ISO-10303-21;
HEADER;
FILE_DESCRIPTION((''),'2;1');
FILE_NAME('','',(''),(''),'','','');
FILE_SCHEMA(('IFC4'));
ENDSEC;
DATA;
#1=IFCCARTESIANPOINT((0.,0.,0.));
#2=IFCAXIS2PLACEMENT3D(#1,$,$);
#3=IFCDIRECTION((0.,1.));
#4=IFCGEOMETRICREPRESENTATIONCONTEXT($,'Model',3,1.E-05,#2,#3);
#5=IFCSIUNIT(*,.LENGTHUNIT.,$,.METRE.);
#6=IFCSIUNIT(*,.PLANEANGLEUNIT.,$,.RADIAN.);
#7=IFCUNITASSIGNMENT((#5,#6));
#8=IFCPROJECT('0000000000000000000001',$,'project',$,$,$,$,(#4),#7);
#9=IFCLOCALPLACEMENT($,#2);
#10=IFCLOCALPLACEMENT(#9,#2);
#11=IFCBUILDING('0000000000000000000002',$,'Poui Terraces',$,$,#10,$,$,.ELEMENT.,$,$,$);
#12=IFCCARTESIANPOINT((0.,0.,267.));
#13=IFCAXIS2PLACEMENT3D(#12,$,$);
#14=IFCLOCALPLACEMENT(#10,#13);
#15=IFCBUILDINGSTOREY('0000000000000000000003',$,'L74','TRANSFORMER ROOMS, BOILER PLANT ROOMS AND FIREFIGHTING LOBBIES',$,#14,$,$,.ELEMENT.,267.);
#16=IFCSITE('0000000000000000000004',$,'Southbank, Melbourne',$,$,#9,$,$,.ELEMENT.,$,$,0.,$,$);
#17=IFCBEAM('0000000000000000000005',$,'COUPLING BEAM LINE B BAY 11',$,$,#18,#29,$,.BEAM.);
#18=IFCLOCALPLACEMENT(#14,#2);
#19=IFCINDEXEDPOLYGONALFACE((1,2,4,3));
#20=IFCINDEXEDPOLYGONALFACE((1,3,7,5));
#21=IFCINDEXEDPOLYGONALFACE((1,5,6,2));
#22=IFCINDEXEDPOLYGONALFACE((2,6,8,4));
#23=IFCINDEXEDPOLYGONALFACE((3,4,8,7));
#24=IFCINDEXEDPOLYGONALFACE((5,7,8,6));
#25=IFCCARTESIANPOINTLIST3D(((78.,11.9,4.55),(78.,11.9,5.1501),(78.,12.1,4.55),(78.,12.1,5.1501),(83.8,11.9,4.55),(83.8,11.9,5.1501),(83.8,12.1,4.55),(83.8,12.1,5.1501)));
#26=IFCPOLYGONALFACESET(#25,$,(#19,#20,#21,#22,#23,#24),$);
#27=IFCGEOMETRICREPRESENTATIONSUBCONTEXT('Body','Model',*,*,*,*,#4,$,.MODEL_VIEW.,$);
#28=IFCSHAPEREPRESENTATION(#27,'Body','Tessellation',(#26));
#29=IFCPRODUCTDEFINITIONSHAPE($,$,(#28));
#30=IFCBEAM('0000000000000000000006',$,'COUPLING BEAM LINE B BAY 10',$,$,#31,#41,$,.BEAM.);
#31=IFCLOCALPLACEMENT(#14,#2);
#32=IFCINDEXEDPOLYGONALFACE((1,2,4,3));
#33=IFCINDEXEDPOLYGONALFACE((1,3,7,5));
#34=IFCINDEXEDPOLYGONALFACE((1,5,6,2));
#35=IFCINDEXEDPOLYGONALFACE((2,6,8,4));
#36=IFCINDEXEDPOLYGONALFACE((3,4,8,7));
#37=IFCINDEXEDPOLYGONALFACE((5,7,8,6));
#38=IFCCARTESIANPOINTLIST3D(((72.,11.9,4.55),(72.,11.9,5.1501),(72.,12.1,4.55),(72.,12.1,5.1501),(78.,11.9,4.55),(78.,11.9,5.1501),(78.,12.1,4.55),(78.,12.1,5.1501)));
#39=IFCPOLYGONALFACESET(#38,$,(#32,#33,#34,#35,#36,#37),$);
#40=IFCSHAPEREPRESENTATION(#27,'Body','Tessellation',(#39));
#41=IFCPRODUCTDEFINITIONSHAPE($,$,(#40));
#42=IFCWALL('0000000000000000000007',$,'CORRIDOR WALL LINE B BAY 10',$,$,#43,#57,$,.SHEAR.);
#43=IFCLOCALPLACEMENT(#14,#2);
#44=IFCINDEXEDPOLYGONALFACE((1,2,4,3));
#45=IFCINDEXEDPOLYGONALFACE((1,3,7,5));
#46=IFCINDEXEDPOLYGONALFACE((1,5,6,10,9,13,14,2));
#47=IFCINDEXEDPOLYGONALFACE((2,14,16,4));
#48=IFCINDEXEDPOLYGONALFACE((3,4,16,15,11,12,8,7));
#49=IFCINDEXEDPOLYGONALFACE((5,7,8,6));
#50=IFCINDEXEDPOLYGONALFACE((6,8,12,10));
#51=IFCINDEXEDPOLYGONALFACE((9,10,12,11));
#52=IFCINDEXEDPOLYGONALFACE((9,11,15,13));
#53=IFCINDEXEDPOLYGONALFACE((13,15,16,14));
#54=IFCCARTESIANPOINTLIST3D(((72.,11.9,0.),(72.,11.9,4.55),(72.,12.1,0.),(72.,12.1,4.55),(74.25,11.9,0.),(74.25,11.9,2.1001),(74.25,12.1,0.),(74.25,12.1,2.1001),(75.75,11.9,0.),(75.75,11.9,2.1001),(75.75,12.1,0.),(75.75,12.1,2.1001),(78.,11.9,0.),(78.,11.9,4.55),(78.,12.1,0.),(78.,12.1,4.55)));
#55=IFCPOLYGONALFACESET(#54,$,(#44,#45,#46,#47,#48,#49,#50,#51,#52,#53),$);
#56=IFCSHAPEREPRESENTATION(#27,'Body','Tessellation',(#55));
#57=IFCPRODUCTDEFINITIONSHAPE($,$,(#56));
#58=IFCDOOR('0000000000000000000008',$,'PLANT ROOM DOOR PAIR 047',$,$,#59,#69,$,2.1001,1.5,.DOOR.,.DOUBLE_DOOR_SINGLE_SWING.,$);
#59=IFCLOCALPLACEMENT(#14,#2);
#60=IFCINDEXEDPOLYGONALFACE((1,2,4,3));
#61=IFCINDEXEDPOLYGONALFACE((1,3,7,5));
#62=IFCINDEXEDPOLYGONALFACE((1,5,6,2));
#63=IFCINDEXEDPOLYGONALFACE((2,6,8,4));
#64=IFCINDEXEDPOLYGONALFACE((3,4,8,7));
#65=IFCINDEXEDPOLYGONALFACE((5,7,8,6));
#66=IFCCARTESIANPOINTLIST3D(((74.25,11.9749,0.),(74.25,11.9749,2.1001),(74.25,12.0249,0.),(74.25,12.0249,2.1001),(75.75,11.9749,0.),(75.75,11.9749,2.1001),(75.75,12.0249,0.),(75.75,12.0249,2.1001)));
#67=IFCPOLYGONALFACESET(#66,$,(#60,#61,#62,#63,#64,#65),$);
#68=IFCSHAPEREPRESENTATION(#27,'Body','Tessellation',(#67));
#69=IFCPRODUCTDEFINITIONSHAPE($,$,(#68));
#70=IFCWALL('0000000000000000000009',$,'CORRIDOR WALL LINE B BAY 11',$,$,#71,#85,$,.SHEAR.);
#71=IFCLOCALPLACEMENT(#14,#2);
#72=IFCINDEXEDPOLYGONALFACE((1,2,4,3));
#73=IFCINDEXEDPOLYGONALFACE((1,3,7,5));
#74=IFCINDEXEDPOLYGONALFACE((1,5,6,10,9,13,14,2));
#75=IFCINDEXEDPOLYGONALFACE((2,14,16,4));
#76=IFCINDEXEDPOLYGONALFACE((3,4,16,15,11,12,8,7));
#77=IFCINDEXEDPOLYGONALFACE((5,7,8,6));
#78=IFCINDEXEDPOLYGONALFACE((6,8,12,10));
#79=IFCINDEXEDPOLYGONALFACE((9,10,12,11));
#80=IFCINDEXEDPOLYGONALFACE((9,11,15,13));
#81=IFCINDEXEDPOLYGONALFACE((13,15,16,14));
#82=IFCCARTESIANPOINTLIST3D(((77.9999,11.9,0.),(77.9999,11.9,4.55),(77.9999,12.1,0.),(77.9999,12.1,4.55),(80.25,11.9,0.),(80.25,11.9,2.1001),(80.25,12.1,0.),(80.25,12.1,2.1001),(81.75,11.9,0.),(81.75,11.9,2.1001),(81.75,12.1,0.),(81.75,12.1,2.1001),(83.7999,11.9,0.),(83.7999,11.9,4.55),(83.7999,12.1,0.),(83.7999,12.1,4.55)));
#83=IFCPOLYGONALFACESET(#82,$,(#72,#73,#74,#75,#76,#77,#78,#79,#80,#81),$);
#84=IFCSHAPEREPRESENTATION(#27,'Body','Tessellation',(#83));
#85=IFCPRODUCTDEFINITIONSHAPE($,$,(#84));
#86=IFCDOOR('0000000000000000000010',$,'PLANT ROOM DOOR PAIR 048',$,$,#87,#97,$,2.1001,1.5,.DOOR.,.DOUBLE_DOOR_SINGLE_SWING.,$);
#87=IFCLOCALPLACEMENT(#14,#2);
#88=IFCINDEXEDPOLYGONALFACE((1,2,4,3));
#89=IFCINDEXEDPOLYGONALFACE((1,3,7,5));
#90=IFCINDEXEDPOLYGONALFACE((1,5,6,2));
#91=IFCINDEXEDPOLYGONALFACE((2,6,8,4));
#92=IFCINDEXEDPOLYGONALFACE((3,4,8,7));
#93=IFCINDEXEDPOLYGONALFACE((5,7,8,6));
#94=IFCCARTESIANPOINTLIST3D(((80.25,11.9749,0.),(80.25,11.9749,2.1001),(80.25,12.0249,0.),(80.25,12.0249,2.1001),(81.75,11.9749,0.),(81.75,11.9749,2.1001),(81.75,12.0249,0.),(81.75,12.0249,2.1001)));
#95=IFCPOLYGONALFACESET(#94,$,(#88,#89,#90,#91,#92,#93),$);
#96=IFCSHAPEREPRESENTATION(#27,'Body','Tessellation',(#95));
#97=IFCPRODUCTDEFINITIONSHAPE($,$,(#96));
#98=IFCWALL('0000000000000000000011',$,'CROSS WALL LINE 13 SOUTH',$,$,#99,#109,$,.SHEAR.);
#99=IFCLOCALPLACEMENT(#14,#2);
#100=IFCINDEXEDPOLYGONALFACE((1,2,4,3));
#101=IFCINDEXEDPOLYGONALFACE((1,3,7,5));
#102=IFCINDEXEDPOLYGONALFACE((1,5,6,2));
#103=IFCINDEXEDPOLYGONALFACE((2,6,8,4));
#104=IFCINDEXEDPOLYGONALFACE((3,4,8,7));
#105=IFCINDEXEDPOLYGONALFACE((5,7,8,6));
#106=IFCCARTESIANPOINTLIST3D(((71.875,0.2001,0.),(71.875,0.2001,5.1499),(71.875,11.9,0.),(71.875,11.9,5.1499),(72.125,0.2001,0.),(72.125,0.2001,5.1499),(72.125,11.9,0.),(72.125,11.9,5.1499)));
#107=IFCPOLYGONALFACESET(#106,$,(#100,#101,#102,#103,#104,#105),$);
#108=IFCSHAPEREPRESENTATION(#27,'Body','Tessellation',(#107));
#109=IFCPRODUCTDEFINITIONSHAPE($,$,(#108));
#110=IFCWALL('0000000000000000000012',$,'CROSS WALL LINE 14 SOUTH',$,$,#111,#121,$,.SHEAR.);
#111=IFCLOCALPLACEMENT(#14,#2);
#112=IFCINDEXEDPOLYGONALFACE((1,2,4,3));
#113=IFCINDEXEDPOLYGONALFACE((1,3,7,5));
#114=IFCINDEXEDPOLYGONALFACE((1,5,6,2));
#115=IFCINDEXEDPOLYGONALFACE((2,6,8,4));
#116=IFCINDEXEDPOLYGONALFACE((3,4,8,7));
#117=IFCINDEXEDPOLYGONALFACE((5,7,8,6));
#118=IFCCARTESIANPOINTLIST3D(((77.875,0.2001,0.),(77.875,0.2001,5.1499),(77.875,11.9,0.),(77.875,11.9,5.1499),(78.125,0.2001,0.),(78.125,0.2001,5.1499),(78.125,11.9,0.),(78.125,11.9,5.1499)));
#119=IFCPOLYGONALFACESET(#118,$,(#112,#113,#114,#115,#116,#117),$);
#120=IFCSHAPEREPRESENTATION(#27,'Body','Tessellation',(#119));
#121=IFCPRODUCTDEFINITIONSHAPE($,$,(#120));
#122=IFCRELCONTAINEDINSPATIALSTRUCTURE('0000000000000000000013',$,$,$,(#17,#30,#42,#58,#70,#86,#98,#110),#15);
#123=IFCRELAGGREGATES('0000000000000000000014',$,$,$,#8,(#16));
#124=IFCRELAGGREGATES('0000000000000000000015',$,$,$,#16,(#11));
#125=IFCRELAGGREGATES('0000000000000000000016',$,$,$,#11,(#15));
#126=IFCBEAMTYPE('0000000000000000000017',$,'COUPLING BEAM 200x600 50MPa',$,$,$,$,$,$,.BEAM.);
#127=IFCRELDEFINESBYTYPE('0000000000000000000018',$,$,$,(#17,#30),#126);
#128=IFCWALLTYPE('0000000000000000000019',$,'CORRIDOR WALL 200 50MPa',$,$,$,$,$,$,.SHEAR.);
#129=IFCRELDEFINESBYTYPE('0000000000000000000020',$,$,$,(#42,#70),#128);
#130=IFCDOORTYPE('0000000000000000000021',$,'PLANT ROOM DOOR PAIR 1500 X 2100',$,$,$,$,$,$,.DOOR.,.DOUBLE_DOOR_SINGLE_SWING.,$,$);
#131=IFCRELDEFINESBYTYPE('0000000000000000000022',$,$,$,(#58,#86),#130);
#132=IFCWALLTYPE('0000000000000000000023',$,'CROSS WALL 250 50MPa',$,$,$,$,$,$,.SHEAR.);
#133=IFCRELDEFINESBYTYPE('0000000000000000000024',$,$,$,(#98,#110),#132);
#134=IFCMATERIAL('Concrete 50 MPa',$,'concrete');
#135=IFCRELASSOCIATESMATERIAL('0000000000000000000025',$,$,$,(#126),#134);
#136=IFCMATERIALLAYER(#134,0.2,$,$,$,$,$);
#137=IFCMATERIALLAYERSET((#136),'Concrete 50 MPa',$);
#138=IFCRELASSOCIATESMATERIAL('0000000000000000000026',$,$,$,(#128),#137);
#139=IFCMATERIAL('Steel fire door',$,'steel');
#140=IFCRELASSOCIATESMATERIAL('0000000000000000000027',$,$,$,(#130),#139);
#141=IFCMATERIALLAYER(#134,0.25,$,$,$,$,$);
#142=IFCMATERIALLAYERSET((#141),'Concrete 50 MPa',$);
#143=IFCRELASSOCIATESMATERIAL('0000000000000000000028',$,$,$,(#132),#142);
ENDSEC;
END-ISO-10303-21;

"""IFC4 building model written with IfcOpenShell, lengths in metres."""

from ifc_helpers import new_model, si_unit, direction, frame, frame_2d, origin, origin_2d, place, context, subcontext, project, spatial, rectangle, extrude, source, transform, mapped, material, layer, layer_set, material_profile, profile_set, type_object, element, fill, save


model = new_model("IFC4")

# Units and contexts
model_context = context("Model", 3, precision=1e-05, world=origin(), true_north=direction((0.0, 1.0)))
body_context = subcontext(model_context, "Body", "Model", "MODEL_VIEW")
ifc_project = project(units=[si_unit("LENGTHUNIT", "METRE"), si_unit("PLANEANGLEUNIT", "RADIAN")], contexts=[model_context])

# Site, building, storey
site_placement = place(None, origin())
site = spatial("IfcSite", under=ifc_project, at=site_placement, Name="Southbank, Melbourne", CompositionType="ELEMENT", RefElevation=0.0)
building_placement = place(site_placement, origin())
building = spatial("IfcBuilding", under=site, at=building_placement, Name="Poui Terraces", CompositionType="ELEMENT")
storey_placement = place(building_placement, frame((0.0, 0.0, 267.0)))
storey = spatial("IfcBuildingStorey", under=building, at=storey_placement, Name="L74", Description="TRANSFORMER ROOMS, BOILER PLANT ROOMS AND FIREFIGHTING LOBBIES", CompositionType="ELEMENT", Elevation=267.0)

# Beams
ifc_material_1 = material(Name="Concrete 50 MPa", Category="concrete")
ifc_material_profile_1 = material_profile(ifc_material_1, rectangle(XDim=0.2, YDim=0.6001, at=origin_2d()), Name="RC 200x600")
ifc_profile_set_1 = profile_set([ifc_material_profile_1], Name="Concrete 50 MPa")
beam_type = type_object("IfcBeamType", Name="COUPLING BEAM 200x600 50MPa", PredefinedType="BEAM", material=ifc_profile_set_1)
shared_shape_1 = source(origin(), body_context, "Body", "SweptSolid", [
    extrude(rectangle(XDim=0.2, YDim=0.6001, at=origin_2d()), origin(), (0.0, 0.0, 1.0), 5.8),
])
beam_1_placement = place(storey_placement, frame((78.0, 12.0, 4.8501), z_axis=(1.0, 0.0, 0.0), x_axis=(0.0, 1.0, 0.0)))
element("IfcBeam", 1, at=beam_1_placement, inside=storey, type_object=beam_type, Name="COUPLING BEAM LINE B BAY 11", PredefinedType="BEAM", context=body_context, shape_type="MappedRepresentation", body=[
    mapped(shared_shape_1, transform((0.0, 0.0, 0.0))),
])
shared_shape_2 = source(origin(), body_context, "Body", "SweptSolid", [
    extrude(rectangle(XDim=0.2, YDim=0.6001, at=origin_2d()), origin(), (0.0, 0.0, 1.0), 6.0),
])
beam_2_placement = place(storey_placement, frame((72.0, 12.0, 4.8501), z_axis=(1.0, 0.0, 0.0), x_axis=(0.0, 1.0, 0.0)))
element("IfcBeam", 2, at=beam_2_placement, inside=storey, type_object=beam_type, Name="COUPLING BEAM LINE B BAY 10", PredefinedType="BEAM", context=body_context, shape_type="MappedRepresentation", body=[
    mapped(shared_shape_2, transform((0.0, 0.0, 0.0))),
])

# Walls, openings, doors
ifc_layer_1 = layer(ifc_material_1, 0.2)
ifc_layer_set_1 = layer_set([ifc_layer_1], Name="Concrete 50 MPa")
wall_type_1 = type_object("IfcWallType", Name="CORRIDOR WALL 200 50MPa", PredefinedType="SHEAR", material=ifc_layer_set_1)
wall_1_placement = place(storey_placement, frame((72.0, 12.0, 0.0), z_axis=(0.0, 0.0, 1.0), x_axis=(1.0, 0.0, 0.0)))
wall_1 = element("IfcWall", 3, at=wall_1_placement, inside=storey, type_object=wall_type_1, Name="CORRIDOR WALL LINE B BAY 10", PredefinedType="SHEAR", context=body_context, shape_type="SweptSolid", body=[
    extrude(rectangle(XDim=6.0, YDim=0.2, at=frame_2d((3.0, 0.0))), origin(), (0.0, 0.0, 1.0), 4.55),
])
opening_1_placement = place(wall_1_placement, frame((2.25, 0.0, 0.0)))
opening_1 = element("IfcOpeningElement", 4, at=opening_1_placement, cuts=wall_1, PredefinedType="OPENING", context=body_context, shape_type="SweptSolid", body=[
    extrude(rectangle(XDim=1.5, YDim=2.1001, at=frame_2d((0.75, 1.05))), frame((0.0, 0.1099, 0.0), z_axis=(0.0, -1.0, 0.0), x_axis=(1.0, 0.0, 0.0)), (0.0, 0.0, 1.0), 0.22),
])
ifc_material_2 = material(Name="Steel fire door", Category="steel")
door_type = type_object("IfcDoorType", Name="PLANT ROOM DOOR PAIR 1500 X 2100", OperationType="DOUBLE_DOOR_SINGLE_SWING", PredefinedType="DOOR", material=ifc_material_2)
door_1_placement = place(opening_1_placement, origin())
door_1 = element("IfcDoor", 5, at=door_1_placement, inside=storey, type_object=door_type, Name="PLANT ROOM DOOR PAIR 047", OperationType="DOUBLE_DOOR_SINGLE_SWING", OverallHeight=2.1001, OverallWidth=1.5, PredefinedType="DOOR", context=body_context, shape_type="SweptSolid", body=[
    extrude(rectangle(XDim=1.5, YDim=2.1001, at=frame_2d((0.75, 1.05))), frame((0.0, 0.0249, 0.0), z_axis=(0.0, -1.0, 0.0), x_axis=(1.0, 0.0, 0.0)), (0.0, 0.0, 1.0), 0.05),
])
fill(opening_1, door_1)
wall_2_placement = place(storey_placement, frame((78.0, 12.0, 0.0), z_axis=(0.0, 0.0, 1.0), x_axis=(1.0, 0.0, 0.0)))
wall_2 = element("IfcWall", 6, at=wall_2_placement, inside=storey, type_object=wall_type_1, Name="CORRIDOR WALL LINE B BAY 11", PredefinedType="SHEAR", context=body_context, shape_type="SweptSolid", body=[
    extrude(rectangle(XDim=5.8, YDim=0.2, at=frame_2d((2.8999, 0.0))), origin(), (0.0, 0.0, 1.0), 4.55),
])
opening_2_placement = place(wall_2_placement, frame((2.25, 0.0, 0.0)))
opening_2 = element("IfcOpeningElement", 7, at=opening_2_placement, cuts=wall_2, PredefinedType="OPENING", context=body_context, shape_type="SweptSolid", body=[
    extrude(rectangle(XDim=1.5, YDim=2.1001, at=frame_2d((0.75, 1.05))), frame((0.0, 0.1099, 0.0), z_axis=(0.0, -1.0, 0.0), x_axis=(1.0, 0.0, 0.0)), (0.0, 0.0, 1.0), 0.22),
])
door_2_placement = place(opening_2_placement, origin())
door_2 = element("IfcDoor", 8, at=door_2_placement, inside=storey, type_object=door_type, Name="PLANT ROOM DOOR PAIR 048", OperationType="DOUBLE_DOOR_SINGLE_SWING", OverallHeight=2.1001, OverallWidth=1.5, PredefinedType="DOOR", context=body_context, shape_type="SweptSolid", body=[
    extrude(rectangle(XDim=1.5, YDim=2.1001, at=frame_2d((0.75, 1.05))), frame((0.0, 0.0249, 0.0), z_axis=(0.0, -1.0, 0.0), x_axis=(1.0, 0.0, 0.0)), (0.0, 0.0, 1.0), 0.05),
])
fill(opening_2, door_2)

# Walls
ifc_layer_2 = layer(ifc_material_1, 0.25)
ifc_layer_set_2 = layer_set([ifc_layer_2], Name="Concrete 50 MPa")
wall_type_2 = type_object("IfcWallType", Name="CROSS WALL 250 50MPa", PredefinedType="SHEAR", material=ifc_layer_set_2)
for number, where, z_axis, x_axis, name in (
    (9, (72.0, 0.2, 0.0), (0.0, 0.0, 1.0), (0.0, 1.0, 0.0), "CROSS WALL LINE 13 SOUTH"),
    (10, (78.0, 0.2, 0.0), (0.0, 0.0, 1.0), (0.0, 1.0, 0.0), "CROSS WALL LINE 14 SOUTH"),
):
    element("IfcWall", number, at=place(storey_placement, frame(where, z_axis=z_axis, x_axis=x_axis)), inside=storey, type_object=wall_type_2, Name=name, PredefinedType="SHEAR", context=body_context, shape_type="SweptSolid", body=[
        extrude(rectangle(XDim=11.7, YDim=0.25, at=frame_2d((5.8501, 0.0))), origin(), (0.0, 0.0, 1.0), 5.1499),
    ])

save(model, "model.ifc")
